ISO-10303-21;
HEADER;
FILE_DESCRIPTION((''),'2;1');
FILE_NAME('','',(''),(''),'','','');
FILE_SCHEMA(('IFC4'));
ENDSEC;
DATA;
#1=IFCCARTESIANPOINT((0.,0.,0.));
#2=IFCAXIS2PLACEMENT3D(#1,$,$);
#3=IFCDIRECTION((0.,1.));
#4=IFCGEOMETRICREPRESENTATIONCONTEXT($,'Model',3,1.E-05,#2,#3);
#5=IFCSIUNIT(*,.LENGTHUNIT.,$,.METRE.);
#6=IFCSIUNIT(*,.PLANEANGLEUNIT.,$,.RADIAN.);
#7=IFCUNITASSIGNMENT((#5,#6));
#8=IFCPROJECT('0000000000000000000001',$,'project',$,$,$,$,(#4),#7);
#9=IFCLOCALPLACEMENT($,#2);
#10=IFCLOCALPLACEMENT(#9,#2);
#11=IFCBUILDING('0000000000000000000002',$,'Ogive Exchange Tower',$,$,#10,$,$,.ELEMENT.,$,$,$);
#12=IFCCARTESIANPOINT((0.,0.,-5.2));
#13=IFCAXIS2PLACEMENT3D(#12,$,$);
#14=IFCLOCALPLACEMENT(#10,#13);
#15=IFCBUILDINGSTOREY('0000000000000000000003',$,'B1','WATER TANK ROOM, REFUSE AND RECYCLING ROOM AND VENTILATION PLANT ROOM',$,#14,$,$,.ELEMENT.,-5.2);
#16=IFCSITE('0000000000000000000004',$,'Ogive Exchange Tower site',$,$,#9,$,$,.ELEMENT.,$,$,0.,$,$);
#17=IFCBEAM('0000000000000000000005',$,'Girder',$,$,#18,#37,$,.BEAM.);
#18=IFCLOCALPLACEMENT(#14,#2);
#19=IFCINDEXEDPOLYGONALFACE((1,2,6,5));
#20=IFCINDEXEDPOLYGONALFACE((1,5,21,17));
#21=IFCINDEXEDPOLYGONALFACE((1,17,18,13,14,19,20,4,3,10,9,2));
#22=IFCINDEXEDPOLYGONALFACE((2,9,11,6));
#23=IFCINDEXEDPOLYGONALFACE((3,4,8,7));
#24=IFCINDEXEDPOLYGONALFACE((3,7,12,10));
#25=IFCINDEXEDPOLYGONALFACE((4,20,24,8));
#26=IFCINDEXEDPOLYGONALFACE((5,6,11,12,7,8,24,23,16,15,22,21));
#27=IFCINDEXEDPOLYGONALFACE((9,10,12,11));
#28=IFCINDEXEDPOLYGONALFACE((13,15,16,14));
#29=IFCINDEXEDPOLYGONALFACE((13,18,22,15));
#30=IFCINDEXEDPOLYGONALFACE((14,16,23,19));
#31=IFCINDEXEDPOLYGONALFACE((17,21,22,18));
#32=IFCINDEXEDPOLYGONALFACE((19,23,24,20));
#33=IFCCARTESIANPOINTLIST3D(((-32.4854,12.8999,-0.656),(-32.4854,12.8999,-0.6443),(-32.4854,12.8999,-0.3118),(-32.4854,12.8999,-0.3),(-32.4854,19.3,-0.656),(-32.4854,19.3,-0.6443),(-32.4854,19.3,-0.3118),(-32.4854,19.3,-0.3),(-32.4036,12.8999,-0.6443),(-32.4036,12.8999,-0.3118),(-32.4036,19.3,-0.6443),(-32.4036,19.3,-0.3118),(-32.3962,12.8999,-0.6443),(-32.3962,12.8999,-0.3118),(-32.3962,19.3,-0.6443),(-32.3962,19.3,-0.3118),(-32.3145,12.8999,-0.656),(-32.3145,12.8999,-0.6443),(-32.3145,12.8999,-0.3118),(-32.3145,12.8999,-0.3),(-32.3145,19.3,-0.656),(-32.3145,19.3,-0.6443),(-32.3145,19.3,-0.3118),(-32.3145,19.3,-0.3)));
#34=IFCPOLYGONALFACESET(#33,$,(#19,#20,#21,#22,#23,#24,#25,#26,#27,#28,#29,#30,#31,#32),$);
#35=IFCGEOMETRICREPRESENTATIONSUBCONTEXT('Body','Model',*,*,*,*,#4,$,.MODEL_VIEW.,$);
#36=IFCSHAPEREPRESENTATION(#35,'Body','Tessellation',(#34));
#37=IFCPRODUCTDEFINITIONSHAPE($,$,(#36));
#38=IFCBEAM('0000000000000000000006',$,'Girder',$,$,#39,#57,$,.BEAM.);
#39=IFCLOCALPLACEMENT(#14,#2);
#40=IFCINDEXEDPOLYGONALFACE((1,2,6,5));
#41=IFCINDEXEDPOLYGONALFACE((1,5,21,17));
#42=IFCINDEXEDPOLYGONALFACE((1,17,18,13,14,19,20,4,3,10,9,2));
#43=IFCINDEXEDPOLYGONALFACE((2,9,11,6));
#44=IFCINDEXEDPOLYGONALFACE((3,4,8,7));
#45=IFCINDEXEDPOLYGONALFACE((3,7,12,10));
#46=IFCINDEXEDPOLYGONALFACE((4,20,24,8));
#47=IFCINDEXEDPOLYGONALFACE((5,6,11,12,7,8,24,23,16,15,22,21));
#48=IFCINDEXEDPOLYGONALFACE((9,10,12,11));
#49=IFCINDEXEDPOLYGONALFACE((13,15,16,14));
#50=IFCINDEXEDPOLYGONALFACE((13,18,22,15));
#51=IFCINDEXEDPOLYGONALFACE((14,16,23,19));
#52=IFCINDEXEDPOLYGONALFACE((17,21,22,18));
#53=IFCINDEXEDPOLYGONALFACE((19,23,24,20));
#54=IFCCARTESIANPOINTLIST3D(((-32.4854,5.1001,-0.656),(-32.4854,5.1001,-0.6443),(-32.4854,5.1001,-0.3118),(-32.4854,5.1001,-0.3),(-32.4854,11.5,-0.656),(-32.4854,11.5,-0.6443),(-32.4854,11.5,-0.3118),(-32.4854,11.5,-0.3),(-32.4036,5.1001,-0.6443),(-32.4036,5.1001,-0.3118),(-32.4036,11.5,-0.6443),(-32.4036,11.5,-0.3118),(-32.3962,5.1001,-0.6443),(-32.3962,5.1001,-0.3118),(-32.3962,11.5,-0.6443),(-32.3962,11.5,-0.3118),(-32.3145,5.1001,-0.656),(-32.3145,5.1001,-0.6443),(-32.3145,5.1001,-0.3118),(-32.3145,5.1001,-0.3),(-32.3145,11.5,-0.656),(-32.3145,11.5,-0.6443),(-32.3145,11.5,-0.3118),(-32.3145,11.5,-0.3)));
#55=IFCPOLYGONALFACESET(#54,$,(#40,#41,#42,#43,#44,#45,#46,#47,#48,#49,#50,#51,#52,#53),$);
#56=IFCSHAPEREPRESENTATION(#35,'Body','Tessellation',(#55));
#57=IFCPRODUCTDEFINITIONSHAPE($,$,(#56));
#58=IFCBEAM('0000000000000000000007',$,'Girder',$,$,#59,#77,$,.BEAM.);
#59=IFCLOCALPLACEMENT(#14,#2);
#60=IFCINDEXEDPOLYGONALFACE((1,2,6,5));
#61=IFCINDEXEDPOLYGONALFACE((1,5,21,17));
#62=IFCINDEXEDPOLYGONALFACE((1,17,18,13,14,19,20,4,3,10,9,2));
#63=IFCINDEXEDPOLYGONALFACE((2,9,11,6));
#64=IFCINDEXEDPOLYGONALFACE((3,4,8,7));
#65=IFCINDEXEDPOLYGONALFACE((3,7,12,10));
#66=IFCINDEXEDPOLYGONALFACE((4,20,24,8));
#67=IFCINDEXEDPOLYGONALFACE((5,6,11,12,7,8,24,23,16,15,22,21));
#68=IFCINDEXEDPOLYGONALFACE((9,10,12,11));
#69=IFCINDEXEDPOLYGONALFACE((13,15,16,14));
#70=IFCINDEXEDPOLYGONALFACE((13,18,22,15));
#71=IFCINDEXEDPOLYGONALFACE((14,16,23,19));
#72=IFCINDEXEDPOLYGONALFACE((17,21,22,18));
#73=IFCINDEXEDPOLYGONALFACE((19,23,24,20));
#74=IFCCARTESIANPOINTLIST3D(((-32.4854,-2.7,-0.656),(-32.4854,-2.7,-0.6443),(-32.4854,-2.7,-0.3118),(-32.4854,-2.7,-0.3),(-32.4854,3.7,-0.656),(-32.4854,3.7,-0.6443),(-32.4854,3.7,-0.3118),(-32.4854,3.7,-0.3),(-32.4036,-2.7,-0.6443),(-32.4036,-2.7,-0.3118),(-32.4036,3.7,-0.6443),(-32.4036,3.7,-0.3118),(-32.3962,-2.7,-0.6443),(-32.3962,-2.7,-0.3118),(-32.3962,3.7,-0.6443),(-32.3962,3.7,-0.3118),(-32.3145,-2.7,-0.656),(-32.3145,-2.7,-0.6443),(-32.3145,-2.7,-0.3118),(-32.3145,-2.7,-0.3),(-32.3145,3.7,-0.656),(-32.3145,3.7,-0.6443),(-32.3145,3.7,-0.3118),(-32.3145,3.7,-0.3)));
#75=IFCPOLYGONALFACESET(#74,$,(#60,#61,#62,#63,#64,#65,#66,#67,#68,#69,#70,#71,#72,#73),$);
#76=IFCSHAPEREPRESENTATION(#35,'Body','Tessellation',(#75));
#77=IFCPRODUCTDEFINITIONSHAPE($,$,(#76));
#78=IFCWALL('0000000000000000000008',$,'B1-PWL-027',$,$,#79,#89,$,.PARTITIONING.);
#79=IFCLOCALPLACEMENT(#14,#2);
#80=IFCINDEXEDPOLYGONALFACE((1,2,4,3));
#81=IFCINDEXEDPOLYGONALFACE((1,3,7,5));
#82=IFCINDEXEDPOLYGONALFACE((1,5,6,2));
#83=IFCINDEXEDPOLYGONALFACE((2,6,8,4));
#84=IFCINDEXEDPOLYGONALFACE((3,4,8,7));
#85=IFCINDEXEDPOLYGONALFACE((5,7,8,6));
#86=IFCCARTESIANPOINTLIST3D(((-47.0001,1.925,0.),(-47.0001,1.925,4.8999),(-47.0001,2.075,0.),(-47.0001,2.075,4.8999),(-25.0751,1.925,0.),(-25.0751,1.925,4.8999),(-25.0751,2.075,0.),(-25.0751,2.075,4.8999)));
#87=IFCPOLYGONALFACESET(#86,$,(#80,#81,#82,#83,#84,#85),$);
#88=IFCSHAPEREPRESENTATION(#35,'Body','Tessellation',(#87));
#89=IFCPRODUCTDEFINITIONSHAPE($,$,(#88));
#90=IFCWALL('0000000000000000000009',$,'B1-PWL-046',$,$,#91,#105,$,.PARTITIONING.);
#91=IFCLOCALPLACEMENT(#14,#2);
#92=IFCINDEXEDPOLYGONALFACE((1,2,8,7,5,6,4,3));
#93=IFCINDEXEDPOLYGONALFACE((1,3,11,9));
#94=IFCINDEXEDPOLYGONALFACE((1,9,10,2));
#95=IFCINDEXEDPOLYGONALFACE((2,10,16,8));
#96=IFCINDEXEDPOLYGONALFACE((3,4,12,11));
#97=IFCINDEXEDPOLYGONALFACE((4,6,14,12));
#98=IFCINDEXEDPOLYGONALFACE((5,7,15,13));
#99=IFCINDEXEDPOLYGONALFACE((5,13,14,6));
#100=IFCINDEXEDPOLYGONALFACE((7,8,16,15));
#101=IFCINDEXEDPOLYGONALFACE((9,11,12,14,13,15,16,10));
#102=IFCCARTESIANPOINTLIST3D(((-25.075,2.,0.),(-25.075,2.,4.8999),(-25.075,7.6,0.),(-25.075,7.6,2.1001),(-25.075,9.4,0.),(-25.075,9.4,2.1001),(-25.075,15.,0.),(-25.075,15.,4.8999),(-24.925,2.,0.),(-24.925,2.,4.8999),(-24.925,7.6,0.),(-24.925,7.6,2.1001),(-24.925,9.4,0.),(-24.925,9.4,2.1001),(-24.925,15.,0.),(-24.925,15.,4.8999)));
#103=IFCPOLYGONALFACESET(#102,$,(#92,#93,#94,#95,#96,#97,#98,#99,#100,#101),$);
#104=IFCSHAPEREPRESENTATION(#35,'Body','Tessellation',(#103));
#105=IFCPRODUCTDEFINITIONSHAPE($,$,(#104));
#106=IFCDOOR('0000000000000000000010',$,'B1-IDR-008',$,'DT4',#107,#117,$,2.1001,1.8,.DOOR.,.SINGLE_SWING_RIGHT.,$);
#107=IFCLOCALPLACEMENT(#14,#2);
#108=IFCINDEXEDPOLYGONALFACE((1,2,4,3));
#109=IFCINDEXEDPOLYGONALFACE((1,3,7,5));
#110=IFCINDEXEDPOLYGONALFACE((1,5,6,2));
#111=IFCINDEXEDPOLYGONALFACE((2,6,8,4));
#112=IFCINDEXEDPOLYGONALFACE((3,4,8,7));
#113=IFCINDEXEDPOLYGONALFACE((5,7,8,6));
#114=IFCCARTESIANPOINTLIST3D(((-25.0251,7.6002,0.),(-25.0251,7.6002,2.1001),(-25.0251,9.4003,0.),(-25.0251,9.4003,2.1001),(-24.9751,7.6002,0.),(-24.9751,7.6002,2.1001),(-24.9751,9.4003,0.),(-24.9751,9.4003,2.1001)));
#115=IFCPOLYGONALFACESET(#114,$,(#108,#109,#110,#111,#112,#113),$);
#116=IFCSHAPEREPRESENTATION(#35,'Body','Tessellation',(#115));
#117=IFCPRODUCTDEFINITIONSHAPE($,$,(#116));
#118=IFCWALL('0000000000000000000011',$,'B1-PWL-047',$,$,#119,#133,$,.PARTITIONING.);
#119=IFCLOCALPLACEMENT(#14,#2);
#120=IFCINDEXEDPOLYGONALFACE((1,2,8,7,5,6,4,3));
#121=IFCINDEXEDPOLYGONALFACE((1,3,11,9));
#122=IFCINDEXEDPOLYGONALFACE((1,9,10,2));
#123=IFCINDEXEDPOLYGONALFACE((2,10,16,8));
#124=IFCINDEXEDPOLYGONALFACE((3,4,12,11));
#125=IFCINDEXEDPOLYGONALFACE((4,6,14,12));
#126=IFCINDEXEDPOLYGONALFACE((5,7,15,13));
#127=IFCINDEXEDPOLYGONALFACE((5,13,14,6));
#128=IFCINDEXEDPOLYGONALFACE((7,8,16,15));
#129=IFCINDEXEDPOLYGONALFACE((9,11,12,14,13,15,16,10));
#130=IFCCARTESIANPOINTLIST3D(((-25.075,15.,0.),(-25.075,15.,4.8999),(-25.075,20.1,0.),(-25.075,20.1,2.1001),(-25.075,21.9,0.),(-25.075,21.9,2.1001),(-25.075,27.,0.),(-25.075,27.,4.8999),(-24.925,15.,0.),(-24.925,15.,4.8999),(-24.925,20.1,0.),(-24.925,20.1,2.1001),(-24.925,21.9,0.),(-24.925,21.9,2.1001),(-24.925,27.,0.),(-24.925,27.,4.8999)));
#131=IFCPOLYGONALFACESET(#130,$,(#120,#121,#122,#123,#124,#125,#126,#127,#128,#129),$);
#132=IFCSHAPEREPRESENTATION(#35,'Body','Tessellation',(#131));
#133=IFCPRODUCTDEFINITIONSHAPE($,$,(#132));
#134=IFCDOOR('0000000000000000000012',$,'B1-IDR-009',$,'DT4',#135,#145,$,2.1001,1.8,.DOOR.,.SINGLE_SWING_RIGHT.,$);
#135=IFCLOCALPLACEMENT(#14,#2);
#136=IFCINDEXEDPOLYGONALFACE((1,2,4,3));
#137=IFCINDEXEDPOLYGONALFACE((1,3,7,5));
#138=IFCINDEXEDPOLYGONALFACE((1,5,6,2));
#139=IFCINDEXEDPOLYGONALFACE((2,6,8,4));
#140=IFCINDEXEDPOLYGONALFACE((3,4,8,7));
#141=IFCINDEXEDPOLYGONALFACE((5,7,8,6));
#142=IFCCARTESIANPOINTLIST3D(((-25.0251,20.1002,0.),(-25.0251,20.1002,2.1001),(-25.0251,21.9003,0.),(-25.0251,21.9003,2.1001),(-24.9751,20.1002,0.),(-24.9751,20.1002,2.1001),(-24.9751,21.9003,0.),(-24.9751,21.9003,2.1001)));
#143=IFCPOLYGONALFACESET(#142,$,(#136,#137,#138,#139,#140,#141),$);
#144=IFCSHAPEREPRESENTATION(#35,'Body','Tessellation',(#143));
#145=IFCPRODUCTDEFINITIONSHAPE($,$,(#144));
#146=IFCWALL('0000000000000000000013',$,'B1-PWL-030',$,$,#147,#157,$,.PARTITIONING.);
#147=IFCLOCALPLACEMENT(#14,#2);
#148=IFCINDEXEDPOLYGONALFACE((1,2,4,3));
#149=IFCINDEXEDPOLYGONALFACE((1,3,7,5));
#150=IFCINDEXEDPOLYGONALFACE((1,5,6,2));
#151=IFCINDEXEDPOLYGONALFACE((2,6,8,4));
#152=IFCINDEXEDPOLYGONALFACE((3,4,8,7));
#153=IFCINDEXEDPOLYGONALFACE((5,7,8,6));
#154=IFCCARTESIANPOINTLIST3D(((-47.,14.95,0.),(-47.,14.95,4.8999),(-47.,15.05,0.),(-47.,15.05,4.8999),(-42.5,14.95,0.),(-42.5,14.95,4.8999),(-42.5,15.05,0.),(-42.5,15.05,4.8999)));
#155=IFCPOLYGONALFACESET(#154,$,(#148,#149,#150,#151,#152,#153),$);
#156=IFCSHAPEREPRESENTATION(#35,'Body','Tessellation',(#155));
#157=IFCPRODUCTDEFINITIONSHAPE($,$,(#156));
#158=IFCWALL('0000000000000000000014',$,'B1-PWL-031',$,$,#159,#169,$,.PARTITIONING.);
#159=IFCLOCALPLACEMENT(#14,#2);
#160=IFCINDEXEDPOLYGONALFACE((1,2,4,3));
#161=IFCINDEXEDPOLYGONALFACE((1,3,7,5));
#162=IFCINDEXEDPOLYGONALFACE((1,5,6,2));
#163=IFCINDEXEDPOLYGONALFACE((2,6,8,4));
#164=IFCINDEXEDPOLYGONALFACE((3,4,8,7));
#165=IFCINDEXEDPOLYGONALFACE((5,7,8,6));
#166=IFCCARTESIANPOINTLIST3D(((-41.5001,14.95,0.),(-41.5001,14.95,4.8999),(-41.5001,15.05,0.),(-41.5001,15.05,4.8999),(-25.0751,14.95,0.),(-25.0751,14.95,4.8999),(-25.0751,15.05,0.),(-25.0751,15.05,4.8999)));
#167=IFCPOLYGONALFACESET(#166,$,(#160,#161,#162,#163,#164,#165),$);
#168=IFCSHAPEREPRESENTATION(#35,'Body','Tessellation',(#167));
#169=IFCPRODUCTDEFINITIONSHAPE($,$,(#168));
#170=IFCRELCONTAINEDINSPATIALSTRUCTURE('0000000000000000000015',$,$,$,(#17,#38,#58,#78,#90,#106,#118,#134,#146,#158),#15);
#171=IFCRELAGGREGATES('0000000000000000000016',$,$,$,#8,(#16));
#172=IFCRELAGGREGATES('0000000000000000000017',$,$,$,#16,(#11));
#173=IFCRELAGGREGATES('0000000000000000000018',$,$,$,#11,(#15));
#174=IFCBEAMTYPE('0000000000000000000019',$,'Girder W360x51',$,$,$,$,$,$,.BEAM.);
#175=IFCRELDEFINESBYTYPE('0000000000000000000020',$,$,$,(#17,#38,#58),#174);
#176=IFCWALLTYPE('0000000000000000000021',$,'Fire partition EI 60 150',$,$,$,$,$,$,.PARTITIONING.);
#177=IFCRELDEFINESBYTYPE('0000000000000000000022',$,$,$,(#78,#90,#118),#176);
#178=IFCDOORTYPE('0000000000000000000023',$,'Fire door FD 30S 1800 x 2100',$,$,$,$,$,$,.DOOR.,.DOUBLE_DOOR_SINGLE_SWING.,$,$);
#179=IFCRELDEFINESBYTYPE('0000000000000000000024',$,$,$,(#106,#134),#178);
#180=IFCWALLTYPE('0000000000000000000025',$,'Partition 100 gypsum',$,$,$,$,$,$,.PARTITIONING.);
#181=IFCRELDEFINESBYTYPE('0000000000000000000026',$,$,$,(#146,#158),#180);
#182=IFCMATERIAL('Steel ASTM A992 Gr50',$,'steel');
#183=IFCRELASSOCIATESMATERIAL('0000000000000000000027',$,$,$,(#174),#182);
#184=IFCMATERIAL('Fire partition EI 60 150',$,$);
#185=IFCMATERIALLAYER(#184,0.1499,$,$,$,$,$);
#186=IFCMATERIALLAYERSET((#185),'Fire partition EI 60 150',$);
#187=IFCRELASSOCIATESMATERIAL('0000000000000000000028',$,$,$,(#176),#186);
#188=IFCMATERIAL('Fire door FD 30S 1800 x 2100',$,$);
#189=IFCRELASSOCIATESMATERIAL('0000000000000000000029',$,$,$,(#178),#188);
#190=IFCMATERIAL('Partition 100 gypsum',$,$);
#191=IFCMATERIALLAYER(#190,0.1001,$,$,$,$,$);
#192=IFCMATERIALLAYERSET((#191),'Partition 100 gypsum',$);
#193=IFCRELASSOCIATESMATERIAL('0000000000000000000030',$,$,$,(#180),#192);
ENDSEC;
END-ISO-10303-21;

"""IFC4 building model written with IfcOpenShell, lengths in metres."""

from ifc_helpers import new_model, si_unit, direction, frame, frame_2d, origin, origin_2d, place, context, subcontext, project, spatial, rectangle, i_section, extrude, material, layer, layer_set, material_profile, profile_set, type_object, element, fill, save


model = new_model("IFC4")

# Units and contexts
model_context = context("Model", 3, precision=1e-05, world=origin(), true_north=direction((0.0, 1.0)))
body_context = subcontext(model_context, "Body", "Model", "MODEL_VIEW")
ifc_project = project(units=[si_unit("LENGTHUNIT", "METRE"), si_unit("PLANEANGLEUNIT", "RADIAN")], contexts=[model_context])

# Site, building, storey
site_placement = place(None, origin())
site = spatial("IfcSite", under=ifc_project, at=site_placement, Name="Ogive Exchange Tower site", CompositionType="ELEMENT", RefElevation=0.0)
building_placement = place(site_placement, origin())
building = spatial("IfcBuilding", under=site, at=building_placement, Name="Ogive Exchange Tower", CompositionType="ELEMENT")
storey_placement = place(building_placement, frame((0.0, 0.0, -5.2)))
storey = spatial("IfcBuildingStorey", under=building, at=storey_placement, Name="B1", Description="WATER TANK ROOM, REFUSE AND RECYCLING ROOM AND VENTILATION PLANT ROOM", CompositionType="ELEMENT", Elevation=-5.2)

# Beams
ifc_material_1 = material(Name="Steel ASTM A992 Gr50", Category="steel")
ifc_material_profile_1 = material_profile(ifc_material_1, i_section(OverallWidth=0.1709, OverallDepth=0.356, WebThickness=0.0073, FlangeThickness=0.0117, at=origin_2d()), Name="W360x51")
ifc_profile_set_1 = profile_set([ifc_material_profile_1], Name="Steel ASTM A992 Gr50")
beam_type_1 = type_object("IfcBeamType", Name="Girder W360x51", PredefinedType="BEAM", material=ifc_profile_set_1)
beam_1_placement = place(storey_placement, frame((-32.3999, 19.3, -0.478), z_axis=(0.0, -1.0, 0.0), x_axis=(1.0, 0.0, 0.0)))
element("IfcBeam", 1, at=beam_1_placement, inside=storey, type_object=beam_type_1, Name="Girder", PredefinedType="BEAM", context=body_context, shape_type="SweptSolid", body=[
    extrude(i_section(OverallWidth=0.1709, OverallDepth=0.356, WebThickness=0.0073, FlangeThickness=0.0117, at=origin_2d()), origin(), (0.0, 0.0, 1.0), 6.4001),
])
for number, where, z_axis, x_axis, name in (
    (2, (-32.3999, 11.5, -0.478), (0.0, -1.0, 0.0), (1.0, 0.0, 0.0), "Girder"),
    (3, (-32.3999, 3.7, -0.478), (0.0, -1.0, 0.0), (1.0, 0.0, 0.0), "Girder"),
):
    element("IfcBeam", number, at=place(storey_placement, frame(where, z_axis=z_axis, x_axis=x_axis)), inside=storey, type_object=beam_type_1, Name=name, PredefinedType="BEAM", context=body_context, shape_type="SweptSolid", body=[
        extrude(i_section(OverallWidth=0.1709, OverallDepth=0.356, WebThickness=0.0073, FlangeThickness=0.0117, at=origin_2d()), origin(), (0.0, 0.0, 1.0), 6.3999),
    ])

# Wall
ifc_material_2 = material(Name="Fire partition EI 60 150")
ifc_layer_1 = layer(ifc_material_2, 0.1499)
ifc_layer_set_1 = layer_set([ifc_layer_1], Name="Fire partition EI 60 150")
wall_type_1 = type_object("IfcWallType", Name="Fire partition EI 60 150", PredefinedType="PARTITIONING", material=ifc_layer_set_1)
wall_1_placement = place(storey_placement, frame((-47.0, 2.0, 0.0), z_axis=(0.0, 0.0, 1.0), x_axis=(1.0, 0.0, 0.0)))
element("IfcWall", 4, at=wall_1_placement, inside=storey, type_object=wall_type_1, Name="B1-PWL-027", PredefinedType="PARTITIONING", context=body_context, shape_type="SweptSolid", body=[
    extrude(rectangle(XDim=21.925, YDim=0.1499, at=frame_2d((10.9624, 0.0))), origin(), (0.0, 0.0, 1.0), 4.8999),
])

# Walls, openings, doors
wall_2_placement = place(storey_placement, frame((-25.0, 2.0, 0.0), z_axis=(0.0, 0.0, 1.0), x_axis=(0.0, 1.0, 0.0)))
wall_2 = element("IfcWall", 5, at=wall_2_placement, inside=storey, type_object=wall_type_1, Name="B1-PWL-046", PredefinedType="PARTITIONING", context=body_context, shape_type="SweptSolid", body=[
    extrude(rectangle(XDim=13.0, YDim=0.1499, at=frame_2d((6.5, 0.0))), origin(), (0.0, 0.0, 1.0), 4.8999),
])
opening_1_placement = place(wall_2_placement, frame((5.6001, 0.0, 0.0)))
opening_1 = element("IfcOpeningElement", 6, at=opening_1_placement, cuts=wall_2, PredefinedType="OPENING", context=body_context, shape_type="SweptSolid", body=[
    extrude(rectangle(XDim=1.8, YDim=2.1001, at=frame_2d((0.8999, 1.05))), frame((0.0, 0.085, 0.0), z_axis=(0.0, -1.0, 0.0), x_axis=(1.0, 0.0, 0.0)), (0.0, 0.0, 1.0), 0.1699),
])
ifc_material_3 = material(Name="Fire door FD 30S 1800 x 2100")
door_type = type_object("IfcDoorType", Name="Fire door FD 30S 1800 x 2100", OperationType="DOUBLE_DOOR_SINGLE_SWING", PredefinedType="DOOR", material=ifc_material_3)
door_1_placement = place(opening_1_placement, frame((1.8, 0.0, 0.0), z_axis=(0.0, 0.0, 1.0), x_axis=(-1.0, 0.0, 0.0)))
door_1 = element("IfcDoor", 7, at=door_1_placement, inside=storey, type_object=door_type, Name="B1-IDR-008", ObjectType="DT4", OperationType="SINGLE_SWING_RIGHT", OverallHeight=2.1001, OverallWidth=1.8, PredefinedType="DOOR", context=body_context, shape_type="SweptSolid", body=[
    extrude(rectangle(XDim=1.8, YDim=2.1001, at=frame_2d((0.8999, 1.05))), frame((0.0, 0.0249, 0.0), z_axis=(0.0, -1.0, 0.0), x_axis=(1.0, 0.0, 0.0)), (0.0, 0.0, 1.0), 0.05),
])
fill(opening_1, door_1)
wall_3_placement = place(storey_placement, frame((-25.0, 15.0, 0.0), z_axis=(0.0, 0.0, 1.0), x_axis=(0.0, 1.0, 0.0)))
wall_3 = element("IfcWall", 8, at=wall_3_placement, inside=storey, type_object=wall_type_1, Name="B1-PWL-047", PredefinedType="PARTITIONING", context=body_context, shape_type="SweptSolid", body=[
    extrude(rectangle(XDim=12.0, YDim=0.1499, at=frame_2d((6.0, 0.0))), origin(), (0.0, 0.0, 1.0), 4.8999),
])
opening_2_placement = place(wall_3_placement, frame((5.1001, 0.0, 0.0)))
opening_2 = element("IfcOpeningElement", 9, at=opening_2_placement, cuts=wall_3, PredefinedType="OPENING", context=body_context, shape_type="SweptSolid", body=[
    extrude(rectangle(XDim=1.8, YDim=2.1001, at=frame_2d((0.8999, 1.05))), frame((0.0, 0.085, 0.0), z_axis=(0.0, -1.0, 0.0), x_axis=(1.0, 0.0, 0.0)), (0.0, 0.0, 1.0), 0.1699),
])
door_2_placement = place(opening_2_placement, frame((1.8, 0.0, 0.0), z_axis=(0.0, 0.0, 1.0), x_axis=(-1.0, 0.0, 0.0)))
door_2 = element("IfcDoor", 10, at=door_2_placement, inside=storey, type_object=door_type, Name="B1-IDR-009", ObjectType="DT4", OperationType="SINGLE_SWING_RIGHT", OverallHeight=2.1001, OverallWidth=1.8, PredefinedType="DOOR", context=body_context, shape_type="SweptSolid", body=[
    extrude(rectangle(XDim=1.8, YDim=2.1001, at=frame_2d((0.8999, 1.05))), frame((0.0, 0.0249, 0.0), z_axis=(0.0, -1.0, 0.0), x_axis=(1.0, 0.0, 0.0)), (0.0, 0.0, 1.0), 0.05),
])
fill(opening_2, door_2)

# Walls
ifc_material_4 = material(Name="Partition 100 gypsum")
ifc_layer_2 = layer(ifc_material_4, 0.1001)
ifc_layer_set_2 = layer_set([ifc_layer_2], Name="Partition 100 gypsum")
wall_type_2 = type_object("IfcWallType", Name="Partition 100 gypsum", PredefinedType="PARTITIONING", material=ifc_layer_set_2)
wall_4_placement = place(storey_placement, frame((-47.0, 15.0, 0.0), z_axis=(0.0, 0.0, 1.0), x_axis=(1.0, 0.0, 0.0)))
element("IfcWall", 11, at=wall_4_placement, inside=storey, type_object=wall_type_2, Name="B1-PWL-030", PredefinedType="PARTITIONING", context=body_context, shape_type="SweptSolid", body=[
    extrude(rectangle(XDim=4.5, YDim=0.1001, at=frame_2d((2.25, 0.0))), origin(), (0.0, 0.0, 1.0), 4.8999),
])
wall_5_placement = place(storey_placement, frame((-41.5, 15.0, 0.0), z_axis=(0.0, 0.0, 1.0), x_axis=(1.0, 0.0, 0.0)))
element("IfcWall", 12, at=wall_5_placement, inside=storey, type_object=wall_type_2, Name="B1-PWL-031", PredefinedType="PARTITIONING", context=body_context, shape_type="SweptSolid", body=[
    extrude(rectangle(XDim=16.425, YDim=0.1001, at=frame_2d((8.2124, 0.0))), origin(), (0.0, 0.0, 1.0), 4.8999),
])

save(model, "model.ifc")
